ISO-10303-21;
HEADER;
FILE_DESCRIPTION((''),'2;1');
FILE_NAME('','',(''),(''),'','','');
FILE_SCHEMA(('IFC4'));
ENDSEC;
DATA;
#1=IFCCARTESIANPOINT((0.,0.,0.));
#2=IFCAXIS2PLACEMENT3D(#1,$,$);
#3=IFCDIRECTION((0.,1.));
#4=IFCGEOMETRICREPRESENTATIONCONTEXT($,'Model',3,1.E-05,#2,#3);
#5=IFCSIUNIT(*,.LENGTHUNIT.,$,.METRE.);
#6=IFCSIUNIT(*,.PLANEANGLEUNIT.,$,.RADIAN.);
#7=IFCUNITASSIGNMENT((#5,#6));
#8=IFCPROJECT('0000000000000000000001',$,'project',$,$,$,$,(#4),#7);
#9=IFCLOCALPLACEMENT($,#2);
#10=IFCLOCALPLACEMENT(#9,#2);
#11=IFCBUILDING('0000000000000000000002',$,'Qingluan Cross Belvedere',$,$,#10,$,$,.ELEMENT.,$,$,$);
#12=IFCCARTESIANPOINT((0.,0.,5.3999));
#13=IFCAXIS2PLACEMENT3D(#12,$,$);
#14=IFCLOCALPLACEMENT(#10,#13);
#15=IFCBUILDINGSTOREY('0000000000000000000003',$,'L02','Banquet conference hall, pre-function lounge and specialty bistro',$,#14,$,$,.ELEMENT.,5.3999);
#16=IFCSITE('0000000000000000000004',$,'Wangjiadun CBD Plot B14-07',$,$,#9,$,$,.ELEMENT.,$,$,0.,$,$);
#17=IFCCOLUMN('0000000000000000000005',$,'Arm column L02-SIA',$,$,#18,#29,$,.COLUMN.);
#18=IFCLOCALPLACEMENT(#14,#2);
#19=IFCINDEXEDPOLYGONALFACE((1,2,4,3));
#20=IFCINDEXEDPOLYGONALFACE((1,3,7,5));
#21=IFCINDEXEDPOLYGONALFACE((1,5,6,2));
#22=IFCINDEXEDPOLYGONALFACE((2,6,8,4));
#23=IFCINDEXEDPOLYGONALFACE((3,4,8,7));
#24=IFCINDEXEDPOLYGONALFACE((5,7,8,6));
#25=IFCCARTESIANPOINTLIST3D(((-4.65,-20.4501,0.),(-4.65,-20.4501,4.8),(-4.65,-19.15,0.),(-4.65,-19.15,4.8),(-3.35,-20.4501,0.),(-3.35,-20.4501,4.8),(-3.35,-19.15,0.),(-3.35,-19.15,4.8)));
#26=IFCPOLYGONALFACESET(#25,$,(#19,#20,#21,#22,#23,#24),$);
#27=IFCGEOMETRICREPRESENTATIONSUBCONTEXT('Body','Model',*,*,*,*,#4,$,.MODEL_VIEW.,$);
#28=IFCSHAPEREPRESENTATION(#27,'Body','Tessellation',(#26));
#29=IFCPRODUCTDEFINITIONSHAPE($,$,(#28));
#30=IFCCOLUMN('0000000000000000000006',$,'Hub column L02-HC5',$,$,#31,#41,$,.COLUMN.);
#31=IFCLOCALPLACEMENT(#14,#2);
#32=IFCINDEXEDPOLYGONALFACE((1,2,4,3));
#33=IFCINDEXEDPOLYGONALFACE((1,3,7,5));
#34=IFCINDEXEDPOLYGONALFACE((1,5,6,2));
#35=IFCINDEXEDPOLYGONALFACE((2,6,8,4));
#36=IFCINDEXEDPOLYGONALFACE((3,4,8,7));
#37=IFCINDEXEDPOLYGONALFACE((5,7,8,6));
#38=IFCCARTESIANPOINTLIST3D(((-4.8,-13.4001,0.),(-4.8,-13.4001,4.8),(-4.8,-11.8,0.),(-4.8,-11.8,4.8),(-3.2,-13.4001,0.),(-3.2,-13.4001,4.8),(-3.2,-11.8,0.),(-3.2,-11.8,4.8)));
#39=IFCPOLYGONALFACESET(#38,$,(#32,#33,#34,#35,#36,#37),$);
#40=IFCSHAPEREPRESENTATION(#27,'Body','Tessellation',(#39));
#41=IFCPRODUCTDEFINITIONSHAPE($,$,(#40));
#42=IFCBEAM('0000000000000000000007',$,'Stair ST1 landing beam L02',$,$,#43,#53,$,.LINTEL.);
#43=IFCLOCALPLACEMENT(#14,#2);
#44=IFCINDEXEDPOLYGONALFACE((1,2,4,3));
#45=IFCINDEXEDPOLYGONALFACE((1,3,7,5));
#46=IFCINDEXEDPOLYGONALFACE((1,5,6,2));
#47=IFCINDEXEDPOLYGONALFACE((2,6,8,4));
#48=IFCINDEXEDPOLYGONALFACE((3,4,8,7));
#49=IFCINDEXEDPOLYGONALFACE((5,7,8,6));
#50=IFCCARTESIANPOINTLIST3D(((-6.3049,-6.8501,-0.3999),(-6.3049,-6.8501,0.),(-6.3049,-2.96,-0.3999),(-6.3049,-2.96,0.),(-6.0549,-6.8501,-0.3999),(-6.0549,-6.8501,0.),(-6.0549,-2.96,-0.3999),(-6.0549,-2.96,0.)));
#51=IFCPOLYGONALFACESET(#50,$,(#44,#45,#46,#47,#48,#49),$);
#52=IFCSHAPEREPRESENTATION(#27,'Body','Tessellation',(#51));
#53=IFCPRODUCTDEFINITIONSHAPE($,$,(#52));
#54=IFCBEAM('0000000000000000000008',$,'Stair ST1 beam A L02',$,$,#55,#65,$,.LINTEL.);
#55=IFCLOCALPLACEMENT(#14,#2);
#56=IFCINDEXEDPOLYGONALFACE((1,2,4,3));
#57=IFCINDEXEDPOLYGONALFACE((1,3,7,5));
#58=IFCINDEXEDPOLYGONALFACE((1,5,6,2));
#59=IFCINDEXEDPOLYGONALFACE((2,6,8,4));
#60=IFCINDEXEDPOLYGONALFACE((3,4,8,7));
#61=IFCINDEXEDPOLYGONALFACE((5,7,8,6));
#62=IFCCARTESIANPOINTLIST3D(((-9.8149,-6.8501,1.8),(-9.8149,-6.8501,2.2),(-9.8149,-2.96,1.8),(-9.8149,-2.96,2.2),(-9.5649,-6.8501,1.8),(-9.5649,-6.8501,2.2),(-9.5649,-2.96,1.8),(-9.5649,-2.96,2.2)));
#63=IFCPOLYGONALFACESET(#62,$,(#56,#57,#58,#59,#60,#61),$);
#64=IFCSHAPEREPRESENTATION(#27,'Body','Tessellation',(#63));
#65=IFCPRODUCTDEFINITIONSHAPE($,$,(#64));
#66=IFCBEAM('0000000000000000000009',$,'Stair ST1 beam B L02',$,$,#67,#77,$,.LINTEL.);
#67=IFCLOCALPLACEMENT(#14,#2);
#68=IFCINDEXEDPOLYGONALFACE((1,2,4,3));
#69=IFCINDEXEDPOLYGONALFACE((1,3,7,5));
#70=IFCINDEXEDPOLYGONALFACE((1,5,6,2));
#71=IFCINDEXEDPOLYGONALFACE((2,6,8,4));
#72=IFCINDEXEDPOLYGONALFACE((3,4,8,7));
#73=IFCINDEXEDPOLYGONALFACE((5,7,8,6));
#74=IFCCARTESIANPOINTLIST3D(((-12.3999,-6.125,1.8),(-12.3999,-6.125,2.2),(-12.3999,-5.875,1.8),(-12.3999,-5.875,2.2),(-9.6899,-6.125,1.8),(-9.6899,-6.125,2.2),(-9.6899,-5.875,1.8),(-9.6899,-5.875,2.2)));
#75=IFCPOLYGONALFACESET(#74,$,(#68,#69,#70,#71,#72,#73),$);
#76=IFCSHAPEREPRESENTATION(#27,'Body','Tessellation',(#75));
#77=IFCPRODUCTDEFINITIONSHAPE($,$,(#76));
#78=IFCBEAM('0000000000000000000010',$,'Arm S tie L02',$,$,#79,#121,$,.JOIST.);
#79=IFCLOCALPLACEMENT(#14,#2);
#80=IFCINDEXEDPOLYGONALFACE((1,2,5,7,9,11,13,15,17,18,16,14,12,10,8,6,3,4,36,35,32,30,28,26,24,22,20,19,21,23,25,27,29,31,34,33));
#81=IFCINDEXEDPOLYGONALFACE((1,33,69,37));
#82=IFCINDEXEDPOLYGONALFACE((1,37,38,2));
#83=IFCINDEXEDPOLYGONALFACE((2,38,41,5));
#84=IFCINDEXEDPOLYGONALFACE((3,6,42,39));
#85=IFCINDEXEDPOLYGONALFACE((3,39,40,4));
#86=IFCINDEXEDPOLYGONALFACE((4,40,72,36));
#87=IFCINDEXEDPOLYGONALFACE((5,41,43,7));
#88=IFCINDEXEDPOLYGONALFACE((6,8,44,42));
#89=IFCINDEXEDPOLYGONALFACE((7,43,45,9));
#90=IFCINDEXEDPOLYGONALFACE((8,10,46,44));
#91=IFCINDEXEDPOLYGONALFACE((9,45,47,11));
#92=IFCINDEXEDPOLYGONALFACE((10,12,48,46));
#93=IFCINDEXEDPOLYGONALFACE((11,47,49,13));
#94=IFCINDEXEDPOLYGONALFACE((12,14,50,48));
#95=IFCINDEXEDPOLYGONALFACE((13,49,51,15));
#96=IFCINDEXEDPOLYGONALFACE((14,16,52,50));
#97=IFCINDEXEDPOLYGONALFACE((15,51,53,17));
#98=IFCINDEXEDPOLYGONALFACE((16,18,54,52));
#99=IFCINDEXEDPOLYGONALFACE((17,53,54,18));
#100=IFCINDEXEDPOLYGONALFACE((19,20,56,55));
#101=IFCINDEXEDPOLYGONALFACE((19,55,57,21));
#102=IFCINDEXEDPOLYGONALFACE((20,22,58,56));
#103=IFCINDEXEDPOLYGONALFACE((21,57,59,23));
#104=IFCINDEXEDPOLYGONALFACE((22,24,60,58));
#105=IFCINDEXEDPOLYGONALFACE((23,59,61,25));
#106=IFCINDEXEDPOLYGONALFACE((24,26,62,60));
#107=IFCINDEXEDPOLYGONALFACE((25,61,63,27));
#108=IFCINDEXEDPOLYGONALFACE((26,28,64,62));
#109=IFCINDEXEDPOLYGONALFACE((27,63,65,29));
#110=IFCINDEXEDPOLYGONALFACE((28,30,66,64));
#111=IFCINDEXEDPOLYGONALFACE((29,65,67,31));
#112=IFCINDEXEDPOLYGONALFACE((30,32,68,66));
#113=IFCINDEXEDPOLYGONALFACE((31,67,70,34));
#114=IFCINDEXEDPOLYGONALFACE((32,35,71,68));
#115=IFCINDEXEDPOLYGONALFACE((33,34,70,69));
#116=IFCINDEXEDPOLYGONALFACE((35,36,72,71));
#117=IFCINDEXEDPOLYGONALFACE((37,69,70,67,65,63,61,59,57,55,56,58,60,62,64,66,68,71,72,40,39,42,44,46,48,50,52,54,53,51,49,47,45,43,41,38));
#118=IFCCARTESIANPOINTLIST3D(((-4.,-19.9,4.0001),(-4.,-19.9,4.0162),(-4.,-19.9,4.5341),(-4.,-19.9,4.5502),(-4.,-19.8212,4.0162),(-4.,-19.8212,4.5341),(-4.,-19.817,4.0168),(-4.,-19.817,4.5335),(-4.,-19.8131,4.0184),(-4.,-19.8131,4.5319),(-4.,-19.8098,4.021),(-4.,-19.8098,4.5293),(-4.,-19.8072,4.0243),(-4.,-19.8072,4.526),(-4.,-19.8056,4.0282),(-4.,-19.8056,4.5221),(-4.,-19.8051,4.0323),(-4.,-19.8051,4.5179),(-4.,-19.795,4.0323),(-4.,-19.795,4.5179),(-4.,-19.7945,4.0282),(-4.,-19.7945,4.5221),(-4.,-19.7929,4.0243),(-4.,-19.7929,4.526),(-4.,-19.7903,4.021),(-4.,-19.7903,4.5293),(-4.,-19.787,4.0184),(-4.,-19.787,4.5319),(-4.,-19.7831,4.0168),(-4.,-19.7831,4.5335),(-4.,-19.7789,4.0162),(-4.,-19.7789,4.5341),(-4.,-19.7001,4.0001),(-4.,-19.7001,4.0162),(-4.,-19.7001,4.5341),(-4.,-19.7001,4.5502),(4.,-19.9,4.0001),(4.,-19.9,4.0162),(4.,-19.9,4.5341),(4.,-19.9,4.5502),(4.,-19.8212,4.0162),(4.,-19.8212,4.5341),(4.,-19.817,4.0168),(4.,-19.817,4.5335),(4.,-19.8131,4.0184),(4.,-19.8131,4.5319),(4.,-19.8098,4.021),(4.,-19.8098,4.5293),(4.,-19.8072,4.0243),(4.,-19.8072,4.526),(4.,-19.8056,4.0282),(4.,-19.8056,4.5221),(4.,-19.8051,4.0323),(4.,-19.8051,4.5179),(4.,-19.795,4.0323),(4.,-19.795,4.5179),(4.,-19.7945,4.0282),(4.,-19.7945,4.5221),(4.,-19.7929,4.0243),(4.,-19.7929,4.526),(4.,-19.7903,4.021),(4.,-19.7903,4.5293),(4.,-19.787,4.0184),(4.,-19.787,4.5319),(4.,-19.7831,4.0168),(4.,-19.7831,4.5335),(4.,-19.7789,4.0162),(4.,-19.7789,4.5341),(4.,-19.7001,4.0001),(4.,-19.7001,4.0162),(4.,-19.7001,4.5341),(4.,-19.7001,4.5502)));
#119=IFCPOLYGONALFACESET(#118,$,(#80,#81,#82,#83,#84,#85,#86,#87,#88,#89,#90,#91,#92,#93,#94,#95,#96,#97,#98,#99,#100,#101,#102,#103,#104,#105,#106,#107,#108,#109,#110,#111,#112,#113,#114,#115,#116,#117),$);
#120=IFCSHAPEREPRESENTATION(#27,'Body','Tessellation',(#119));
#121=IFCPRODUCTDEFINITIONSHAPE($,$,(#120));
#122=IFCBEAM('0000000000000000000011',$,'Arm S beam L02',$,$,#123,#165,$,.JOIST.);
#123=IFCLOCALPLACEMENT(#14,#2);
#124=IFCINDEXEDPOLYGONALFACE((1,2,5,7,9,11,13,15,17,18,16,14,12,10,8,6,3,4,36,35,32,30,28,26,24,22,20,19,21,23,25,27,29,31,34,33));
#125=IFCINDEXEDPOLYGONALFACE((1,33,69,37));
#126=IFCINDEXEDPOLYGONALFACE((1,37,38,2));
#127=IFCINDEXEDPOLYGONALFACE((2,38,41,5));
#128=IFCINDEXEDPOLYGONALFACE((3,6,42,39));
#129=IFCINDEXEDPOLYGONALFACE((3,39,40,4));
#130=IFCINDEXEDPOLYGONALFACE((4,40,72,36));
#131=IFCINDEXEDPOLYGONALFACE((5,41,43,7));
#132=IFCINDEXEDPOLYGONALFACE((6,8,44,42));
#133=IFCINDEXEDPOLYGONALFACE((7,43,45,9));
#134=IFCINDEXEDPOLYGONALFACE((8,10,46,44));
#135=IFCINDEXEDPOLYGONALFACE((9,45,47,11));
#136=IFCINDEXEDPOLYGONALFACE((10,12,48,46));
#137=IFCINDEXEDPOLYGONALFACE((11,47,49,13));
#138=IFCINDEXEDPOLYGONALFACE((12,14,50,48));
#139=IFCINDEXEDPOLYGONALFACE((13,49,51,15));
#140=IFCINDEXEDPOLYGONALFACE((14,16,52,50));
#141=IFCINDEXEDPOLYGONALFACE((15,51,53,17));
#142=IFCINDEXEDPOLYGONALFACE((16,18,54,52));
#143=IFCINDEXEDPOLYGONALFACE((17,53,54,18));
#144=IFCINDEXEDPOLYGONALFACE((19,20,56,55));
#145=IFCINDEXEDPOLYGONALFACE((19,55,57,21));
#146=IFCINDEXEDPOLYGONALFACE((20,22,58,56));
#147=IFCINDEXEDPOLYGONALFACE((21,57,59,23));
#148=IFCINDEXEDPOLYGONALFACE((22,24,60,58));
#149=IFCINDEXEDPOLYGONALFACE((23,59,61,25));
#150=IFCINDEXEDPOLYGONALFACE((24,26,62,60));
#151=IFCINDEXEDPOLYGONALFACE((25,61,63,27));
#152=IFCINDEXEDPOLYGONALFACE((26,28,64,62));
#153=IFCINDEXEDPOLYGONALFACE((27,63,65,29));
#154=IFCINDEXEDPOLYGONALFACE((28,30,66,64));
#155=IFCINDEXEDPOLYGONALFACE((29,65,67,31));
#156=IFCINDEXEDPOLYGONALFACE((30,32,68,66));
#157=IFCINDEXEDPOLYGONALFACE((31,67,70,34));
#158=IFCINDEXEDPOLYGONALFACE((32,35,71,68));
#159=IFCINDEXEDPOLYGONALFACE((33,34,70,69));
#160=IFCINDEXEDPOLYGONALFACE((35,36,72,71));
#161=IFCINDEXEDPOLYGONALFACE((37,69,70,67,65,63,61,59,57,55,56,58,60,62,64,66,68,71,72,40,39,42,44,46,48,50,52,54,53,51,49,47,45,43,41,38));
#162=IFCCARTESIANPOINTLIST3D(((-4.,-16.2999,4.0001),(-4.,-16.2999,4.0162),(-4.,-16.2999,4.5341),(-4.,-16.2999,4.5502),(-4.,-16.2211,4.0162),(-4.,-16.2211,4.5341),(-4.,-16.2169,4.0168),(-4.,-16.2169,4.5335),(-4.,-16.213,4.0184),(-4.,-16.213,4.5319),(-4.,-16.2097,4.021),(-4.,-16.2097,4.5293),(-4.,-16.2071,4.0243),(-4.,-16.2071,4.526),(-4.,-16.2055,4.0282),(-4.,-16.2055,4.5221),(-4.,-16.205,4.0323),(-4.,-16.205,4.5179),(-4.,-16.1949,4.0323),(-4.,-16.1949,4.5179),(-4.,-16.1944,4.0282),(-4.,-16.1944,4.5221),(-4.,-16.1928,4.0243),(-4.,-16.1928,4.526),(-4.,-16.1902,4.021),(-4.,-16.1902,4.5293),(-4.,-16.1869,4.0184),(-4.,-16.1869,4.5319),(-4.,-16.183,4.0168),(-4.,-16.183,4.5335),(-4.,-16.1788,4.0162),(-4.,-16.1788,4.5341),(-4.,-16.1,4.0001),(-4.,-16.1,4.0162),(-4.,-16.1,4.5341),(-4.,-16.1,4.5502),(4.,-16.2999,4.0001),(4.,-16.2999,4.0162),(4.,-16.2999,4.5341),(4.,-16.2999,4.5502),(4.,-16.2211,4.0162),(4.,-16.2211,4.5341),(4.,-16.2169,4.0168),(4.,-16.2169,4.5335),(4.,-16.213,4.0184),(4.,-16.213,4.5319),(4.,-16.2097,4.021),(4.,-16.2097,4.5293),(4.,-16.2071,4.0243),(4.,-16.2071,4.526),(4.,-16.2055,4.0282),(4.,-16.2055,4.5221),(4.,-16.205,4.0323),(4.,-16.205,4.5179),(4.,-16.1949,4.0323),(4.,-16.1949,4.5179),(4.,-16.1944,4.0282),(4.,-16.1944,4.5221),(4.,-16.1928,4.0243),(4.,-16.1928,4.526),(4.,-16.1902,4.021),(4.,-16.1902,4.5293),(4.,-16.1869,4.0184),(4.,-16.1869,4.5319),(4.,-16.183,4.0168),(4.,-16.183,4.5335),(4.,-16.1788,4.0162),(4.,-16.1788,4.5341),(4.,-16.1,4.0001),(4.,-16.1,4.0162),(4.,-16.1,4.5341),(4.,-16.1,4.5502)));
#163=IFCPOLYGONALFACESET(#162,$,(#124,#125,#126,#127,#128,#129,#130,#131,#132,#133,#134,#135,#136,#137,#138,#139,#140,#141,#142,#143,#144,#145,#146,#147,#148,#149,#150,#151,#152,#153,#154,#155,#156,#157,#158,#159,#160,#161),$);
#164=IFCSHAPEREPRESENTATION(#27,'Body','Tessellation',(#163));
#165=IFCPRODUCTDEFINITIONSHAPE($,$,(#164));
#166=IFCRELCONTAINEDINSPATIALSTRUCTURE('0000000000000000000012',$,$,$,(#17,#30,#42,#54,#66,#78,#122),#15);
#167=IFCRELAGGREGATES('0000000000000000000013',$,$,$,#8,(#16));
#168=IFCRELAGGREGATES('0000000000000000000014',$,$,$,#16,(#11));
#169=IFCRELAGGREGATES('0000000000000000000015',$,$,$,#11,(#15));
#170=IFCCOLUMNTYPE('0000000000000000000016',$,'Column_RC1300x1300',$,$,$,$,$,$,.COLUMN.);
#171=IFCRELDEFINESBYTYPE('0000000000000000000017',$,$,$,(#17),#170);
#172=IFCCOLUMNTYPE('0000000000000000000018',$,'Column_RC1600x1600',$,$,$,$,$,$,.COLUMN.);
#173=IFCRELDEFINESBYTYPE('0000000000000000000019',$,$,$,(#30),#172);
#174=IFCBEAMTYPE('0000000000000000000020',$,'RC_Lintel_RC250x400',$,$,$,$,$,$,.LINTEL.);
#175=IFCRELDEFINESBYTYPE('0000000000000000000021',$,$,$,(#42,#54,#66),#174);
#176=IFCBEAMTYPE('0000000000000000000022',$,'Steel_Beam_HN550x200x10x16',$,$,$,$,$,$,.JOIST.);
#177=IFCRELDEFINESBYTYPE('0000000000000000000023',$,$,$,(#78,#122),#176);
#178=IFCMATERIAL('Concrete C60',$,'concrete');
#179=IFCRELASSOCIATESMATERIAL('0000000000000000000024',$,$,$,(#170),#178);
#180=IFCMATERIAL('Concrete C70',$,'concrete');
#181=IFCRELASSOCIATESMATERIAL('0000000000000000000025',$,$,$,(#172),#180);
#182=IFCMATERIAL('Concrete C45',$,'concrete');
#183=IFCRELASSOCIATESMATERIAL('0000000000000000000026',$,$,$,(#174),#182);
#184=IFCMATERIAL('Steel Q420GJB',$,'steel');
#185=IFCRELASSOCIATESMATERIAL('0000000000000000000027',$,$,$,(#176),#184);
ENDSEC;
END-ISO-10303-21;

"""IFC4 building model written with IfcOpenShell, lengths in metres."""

from ifc_helpers import new_model, si_unit, direction, frame, origin, origin_2d, place, context, subcontext, project, spatial, rectangle, i_section, extrude, material, material_profile, profile_set, type_object, element, save


model = new_model("IFC4")

# Units and contexts
model_context = context("Model", 3, precision=1e-05, world=origin(), true_north=direction((0.0, 1.0)))
body_context = subcontext(model_context, "Body", "Model", "MODEL_VIEW")
ifc_project = project(units=[si_unit("LENGTHUNIT", "METRE"), si_unit("PLANEANGLEUNIT", "RADIAN")], contexts=[model_context])

# Site, building, storey
site_placement = place(None, origin())
site = spatial("IfcSite", under=ifc_project, at=site_placement, Name="Wangjiadun CBD Plot B14-07", CompositionType="ELEMENT", RefElevation=0.0)
building_placement = place(site_placement, origin())
building = spatial("IfcBuilding", under=site, at=building_placement, Name="Qingluan Cross Belvedere", CompositionType="ELEMENT")
storey_placement = place(building_placement, frame((0.0, 0.0, 5.3999)))
storey = spatial("IfcBuildingStorey", under=building, at=storey_placement, Name="L02", Description="Banquet conference hall, pre-function lounge and specialty bistro", CompositionType="ELEMENT", Elevation=5.3999)

# Columns
ifc_material_1 = material(Name="Concrete C60", Category="concrete")
ifc_material_profile_1 = material_profile(ifc_material_1, rectangle(XDim=1.3, YDim=1.3, at=origin_2d()), Name="RC1300x1300")
ifc_profile_set_1 = profile_set([ifc_material_profile_1], Name="Concrete C60")
column_type_1 = type_object("IfcColumnType", Name="Column_RC1300x1300", PredefinedType="COLUMN", material=ifc_profile_set_1)
column_1_placement = place(storey_placement, frame((-4.0, -19.8, 0.0), z_axis=(0.0, 0.0, 1.0), x_axis=(1.0, 0.0, 0.0)))
element("IfcColumn", 1, at=column_1_placement, inside=storey, type_object=column_type_1, Name="Arm column L02-SIA", PredefinedType="COLUMN", context=body_context, shape_type="SweptSolid", body=[
    extrude(rectangle(XDim=1.3, YDim=1.3, at=origin_2d()), origin(), (0.0, 0.0, 1.0), 4.8),
])
ifc_material_2 = material(Name="Concrete C70", Category="concrete")
ifc_material_profile_2 = material_profile(ifc_material_2, rectangle(XDim=1.6001, YDim=1.6001, at=origin_2d()), Name="RC1600x1600")
ifc_profile_set_2 = profile_set([ifc_material_profile_2], Name="Concrete C70")
column_type_2 = type_object("IfcColumnType", Name="Column_RC1600x1600", PredefinedType="COLUMN", material=ifc_profile_set_2)
column_2_placement = place(storey_placement, frame((-4.0, -12.6001, 0.0), z_axis=(0.0, 0.0, 1.0), x_axis=(1.0, 0.0, 0.0)))
element("IfcColumn", 2, at=column_2_placement, inside=storey, type_object=column_type_2, Name="Hub column L02-HC5", PredefinedType="COLUMN", context=body_context, shape_type="SweptSolid", body=[
    extrude(rectangle(XDim=1.6001, YDim=1.6001, at=origin_2d()), origin(), (0.0, 0.0, 1.0), 4.8),
])

# Beams
ifc_material_3 = material(Name="Concrete C45", Category="concrete")
ifc_material_profile_3 = material_profile(ifc_material_3, rectangle(XDim=0.25, YDim=0.3999, at=origin_2d()), Name="RC250x400")
ifc_profile_set_3 = profile_set([ifc_material_profile_3], Name="Concrete C45")
beam_type_1 = type_object("IfcBeamType", Name="RC_Lintel_RC250x400", PredefinedType="LINTEL", material=ifc_profile_set_3)
for number, where, z_axis, x_axis, name in (
    (3, (-6.1799, -6.8501, -0.2), (0.0, 1.0, 0.0), (-1.0, 0.0, 0.0), "Stair ST1 landing beam L02"),
    (4, (-9.6899, -6.8501, 2.0), (0.0, 1.0, 0.0), (-1.0, 0.0, 0.0), "Stair ST1 beam A L02"),
):
    element("IfcBeam", number, at=place(storey_placement, frame(where, z_axis=z_axis, x_axis=x_axis)), inside=storey, type_object=beam_type_1, Name=name, PredefinedType="LINTEL", context=body_context, shape_type="SweptSolid", body=[
        extrude(rectangle(XDim=0.25, YDim=0.3999, at=origin_2d()), origin(), (0.0, 0.0, 1.0), 3.8901),
    ])
beam_1_placement = place(storey_placement, frame((-12.3999, -6.0, 2.0), z_axis=(1.0, 0.0, 0.0), x_axis=(0.0, 1.0, 0.0)))
element("IfcBeam", 5, at=beam_1_placement, inside=storey, type_object=beam_type_1, Name="Stair ST1 beam B L02", PredefinedType="LINTEL", context=body_context, shape_type="SweptSolid", body=[
    extrude(rectangle(XDim=0.25, YDim=0.3999, at=origin_2d()), origin(), (0.0, 0.0, 1.0), 2.71),
])
ifc_material_4 = material(Name="Steel Q420GJB", Category="steel")
ifc_material_profile_4 = material_profile(ifc_material_4, i_section(OverallWidth=0.2, OverallDepth=0.55, WebThickness=0.01, FlangeThickness=0.0161, FilletRadius=0.0161, at=origin_2d()), Name="HN550x200x10x16")
ifc_profile_set_4 = profile_set([ifc_material_profile_4], Name="Steel Q420GJB")
beam_type_2 = type_object("IfcBeamType", Name="Steel_Beam_HN550x200x10x16", PredefinedType="JOIST", material=ifc_profile_set_4)
for number, where, z_axis, x_axis, name in (
    (6, (-4.0, -19.8, 4.2751), (1.0, 0.0, 0.0), (0.0, 1.0, 0.0), "Arm S tie L02"),
    (7, (-4.0, -16.2, 4.2751), (1.0, 0.0, 0.0), (0.0, 1.0, 0.0), "Arm S beam L02"),
):
    element("IfcBeam", number, at=place(storey_placement, frame(where, z_axis=z_axis, x_axis=x_axis)), inside=storey, type_object=beam_type_2, Name=name, PredefinedType="JOIST", context=body_context, shape_type="SweptSolid", body=[
        extrude(i_section(OverallWidth=0.2, OverallDepth=0.55, WebThickness=0.01, FlangeThickness=0.0161, FilletRadius=0.0161, at=origin_2d()), origin(), (0.0, 0.0, 1.0), 8.0),
    ])

save(model, "model.ifc")
